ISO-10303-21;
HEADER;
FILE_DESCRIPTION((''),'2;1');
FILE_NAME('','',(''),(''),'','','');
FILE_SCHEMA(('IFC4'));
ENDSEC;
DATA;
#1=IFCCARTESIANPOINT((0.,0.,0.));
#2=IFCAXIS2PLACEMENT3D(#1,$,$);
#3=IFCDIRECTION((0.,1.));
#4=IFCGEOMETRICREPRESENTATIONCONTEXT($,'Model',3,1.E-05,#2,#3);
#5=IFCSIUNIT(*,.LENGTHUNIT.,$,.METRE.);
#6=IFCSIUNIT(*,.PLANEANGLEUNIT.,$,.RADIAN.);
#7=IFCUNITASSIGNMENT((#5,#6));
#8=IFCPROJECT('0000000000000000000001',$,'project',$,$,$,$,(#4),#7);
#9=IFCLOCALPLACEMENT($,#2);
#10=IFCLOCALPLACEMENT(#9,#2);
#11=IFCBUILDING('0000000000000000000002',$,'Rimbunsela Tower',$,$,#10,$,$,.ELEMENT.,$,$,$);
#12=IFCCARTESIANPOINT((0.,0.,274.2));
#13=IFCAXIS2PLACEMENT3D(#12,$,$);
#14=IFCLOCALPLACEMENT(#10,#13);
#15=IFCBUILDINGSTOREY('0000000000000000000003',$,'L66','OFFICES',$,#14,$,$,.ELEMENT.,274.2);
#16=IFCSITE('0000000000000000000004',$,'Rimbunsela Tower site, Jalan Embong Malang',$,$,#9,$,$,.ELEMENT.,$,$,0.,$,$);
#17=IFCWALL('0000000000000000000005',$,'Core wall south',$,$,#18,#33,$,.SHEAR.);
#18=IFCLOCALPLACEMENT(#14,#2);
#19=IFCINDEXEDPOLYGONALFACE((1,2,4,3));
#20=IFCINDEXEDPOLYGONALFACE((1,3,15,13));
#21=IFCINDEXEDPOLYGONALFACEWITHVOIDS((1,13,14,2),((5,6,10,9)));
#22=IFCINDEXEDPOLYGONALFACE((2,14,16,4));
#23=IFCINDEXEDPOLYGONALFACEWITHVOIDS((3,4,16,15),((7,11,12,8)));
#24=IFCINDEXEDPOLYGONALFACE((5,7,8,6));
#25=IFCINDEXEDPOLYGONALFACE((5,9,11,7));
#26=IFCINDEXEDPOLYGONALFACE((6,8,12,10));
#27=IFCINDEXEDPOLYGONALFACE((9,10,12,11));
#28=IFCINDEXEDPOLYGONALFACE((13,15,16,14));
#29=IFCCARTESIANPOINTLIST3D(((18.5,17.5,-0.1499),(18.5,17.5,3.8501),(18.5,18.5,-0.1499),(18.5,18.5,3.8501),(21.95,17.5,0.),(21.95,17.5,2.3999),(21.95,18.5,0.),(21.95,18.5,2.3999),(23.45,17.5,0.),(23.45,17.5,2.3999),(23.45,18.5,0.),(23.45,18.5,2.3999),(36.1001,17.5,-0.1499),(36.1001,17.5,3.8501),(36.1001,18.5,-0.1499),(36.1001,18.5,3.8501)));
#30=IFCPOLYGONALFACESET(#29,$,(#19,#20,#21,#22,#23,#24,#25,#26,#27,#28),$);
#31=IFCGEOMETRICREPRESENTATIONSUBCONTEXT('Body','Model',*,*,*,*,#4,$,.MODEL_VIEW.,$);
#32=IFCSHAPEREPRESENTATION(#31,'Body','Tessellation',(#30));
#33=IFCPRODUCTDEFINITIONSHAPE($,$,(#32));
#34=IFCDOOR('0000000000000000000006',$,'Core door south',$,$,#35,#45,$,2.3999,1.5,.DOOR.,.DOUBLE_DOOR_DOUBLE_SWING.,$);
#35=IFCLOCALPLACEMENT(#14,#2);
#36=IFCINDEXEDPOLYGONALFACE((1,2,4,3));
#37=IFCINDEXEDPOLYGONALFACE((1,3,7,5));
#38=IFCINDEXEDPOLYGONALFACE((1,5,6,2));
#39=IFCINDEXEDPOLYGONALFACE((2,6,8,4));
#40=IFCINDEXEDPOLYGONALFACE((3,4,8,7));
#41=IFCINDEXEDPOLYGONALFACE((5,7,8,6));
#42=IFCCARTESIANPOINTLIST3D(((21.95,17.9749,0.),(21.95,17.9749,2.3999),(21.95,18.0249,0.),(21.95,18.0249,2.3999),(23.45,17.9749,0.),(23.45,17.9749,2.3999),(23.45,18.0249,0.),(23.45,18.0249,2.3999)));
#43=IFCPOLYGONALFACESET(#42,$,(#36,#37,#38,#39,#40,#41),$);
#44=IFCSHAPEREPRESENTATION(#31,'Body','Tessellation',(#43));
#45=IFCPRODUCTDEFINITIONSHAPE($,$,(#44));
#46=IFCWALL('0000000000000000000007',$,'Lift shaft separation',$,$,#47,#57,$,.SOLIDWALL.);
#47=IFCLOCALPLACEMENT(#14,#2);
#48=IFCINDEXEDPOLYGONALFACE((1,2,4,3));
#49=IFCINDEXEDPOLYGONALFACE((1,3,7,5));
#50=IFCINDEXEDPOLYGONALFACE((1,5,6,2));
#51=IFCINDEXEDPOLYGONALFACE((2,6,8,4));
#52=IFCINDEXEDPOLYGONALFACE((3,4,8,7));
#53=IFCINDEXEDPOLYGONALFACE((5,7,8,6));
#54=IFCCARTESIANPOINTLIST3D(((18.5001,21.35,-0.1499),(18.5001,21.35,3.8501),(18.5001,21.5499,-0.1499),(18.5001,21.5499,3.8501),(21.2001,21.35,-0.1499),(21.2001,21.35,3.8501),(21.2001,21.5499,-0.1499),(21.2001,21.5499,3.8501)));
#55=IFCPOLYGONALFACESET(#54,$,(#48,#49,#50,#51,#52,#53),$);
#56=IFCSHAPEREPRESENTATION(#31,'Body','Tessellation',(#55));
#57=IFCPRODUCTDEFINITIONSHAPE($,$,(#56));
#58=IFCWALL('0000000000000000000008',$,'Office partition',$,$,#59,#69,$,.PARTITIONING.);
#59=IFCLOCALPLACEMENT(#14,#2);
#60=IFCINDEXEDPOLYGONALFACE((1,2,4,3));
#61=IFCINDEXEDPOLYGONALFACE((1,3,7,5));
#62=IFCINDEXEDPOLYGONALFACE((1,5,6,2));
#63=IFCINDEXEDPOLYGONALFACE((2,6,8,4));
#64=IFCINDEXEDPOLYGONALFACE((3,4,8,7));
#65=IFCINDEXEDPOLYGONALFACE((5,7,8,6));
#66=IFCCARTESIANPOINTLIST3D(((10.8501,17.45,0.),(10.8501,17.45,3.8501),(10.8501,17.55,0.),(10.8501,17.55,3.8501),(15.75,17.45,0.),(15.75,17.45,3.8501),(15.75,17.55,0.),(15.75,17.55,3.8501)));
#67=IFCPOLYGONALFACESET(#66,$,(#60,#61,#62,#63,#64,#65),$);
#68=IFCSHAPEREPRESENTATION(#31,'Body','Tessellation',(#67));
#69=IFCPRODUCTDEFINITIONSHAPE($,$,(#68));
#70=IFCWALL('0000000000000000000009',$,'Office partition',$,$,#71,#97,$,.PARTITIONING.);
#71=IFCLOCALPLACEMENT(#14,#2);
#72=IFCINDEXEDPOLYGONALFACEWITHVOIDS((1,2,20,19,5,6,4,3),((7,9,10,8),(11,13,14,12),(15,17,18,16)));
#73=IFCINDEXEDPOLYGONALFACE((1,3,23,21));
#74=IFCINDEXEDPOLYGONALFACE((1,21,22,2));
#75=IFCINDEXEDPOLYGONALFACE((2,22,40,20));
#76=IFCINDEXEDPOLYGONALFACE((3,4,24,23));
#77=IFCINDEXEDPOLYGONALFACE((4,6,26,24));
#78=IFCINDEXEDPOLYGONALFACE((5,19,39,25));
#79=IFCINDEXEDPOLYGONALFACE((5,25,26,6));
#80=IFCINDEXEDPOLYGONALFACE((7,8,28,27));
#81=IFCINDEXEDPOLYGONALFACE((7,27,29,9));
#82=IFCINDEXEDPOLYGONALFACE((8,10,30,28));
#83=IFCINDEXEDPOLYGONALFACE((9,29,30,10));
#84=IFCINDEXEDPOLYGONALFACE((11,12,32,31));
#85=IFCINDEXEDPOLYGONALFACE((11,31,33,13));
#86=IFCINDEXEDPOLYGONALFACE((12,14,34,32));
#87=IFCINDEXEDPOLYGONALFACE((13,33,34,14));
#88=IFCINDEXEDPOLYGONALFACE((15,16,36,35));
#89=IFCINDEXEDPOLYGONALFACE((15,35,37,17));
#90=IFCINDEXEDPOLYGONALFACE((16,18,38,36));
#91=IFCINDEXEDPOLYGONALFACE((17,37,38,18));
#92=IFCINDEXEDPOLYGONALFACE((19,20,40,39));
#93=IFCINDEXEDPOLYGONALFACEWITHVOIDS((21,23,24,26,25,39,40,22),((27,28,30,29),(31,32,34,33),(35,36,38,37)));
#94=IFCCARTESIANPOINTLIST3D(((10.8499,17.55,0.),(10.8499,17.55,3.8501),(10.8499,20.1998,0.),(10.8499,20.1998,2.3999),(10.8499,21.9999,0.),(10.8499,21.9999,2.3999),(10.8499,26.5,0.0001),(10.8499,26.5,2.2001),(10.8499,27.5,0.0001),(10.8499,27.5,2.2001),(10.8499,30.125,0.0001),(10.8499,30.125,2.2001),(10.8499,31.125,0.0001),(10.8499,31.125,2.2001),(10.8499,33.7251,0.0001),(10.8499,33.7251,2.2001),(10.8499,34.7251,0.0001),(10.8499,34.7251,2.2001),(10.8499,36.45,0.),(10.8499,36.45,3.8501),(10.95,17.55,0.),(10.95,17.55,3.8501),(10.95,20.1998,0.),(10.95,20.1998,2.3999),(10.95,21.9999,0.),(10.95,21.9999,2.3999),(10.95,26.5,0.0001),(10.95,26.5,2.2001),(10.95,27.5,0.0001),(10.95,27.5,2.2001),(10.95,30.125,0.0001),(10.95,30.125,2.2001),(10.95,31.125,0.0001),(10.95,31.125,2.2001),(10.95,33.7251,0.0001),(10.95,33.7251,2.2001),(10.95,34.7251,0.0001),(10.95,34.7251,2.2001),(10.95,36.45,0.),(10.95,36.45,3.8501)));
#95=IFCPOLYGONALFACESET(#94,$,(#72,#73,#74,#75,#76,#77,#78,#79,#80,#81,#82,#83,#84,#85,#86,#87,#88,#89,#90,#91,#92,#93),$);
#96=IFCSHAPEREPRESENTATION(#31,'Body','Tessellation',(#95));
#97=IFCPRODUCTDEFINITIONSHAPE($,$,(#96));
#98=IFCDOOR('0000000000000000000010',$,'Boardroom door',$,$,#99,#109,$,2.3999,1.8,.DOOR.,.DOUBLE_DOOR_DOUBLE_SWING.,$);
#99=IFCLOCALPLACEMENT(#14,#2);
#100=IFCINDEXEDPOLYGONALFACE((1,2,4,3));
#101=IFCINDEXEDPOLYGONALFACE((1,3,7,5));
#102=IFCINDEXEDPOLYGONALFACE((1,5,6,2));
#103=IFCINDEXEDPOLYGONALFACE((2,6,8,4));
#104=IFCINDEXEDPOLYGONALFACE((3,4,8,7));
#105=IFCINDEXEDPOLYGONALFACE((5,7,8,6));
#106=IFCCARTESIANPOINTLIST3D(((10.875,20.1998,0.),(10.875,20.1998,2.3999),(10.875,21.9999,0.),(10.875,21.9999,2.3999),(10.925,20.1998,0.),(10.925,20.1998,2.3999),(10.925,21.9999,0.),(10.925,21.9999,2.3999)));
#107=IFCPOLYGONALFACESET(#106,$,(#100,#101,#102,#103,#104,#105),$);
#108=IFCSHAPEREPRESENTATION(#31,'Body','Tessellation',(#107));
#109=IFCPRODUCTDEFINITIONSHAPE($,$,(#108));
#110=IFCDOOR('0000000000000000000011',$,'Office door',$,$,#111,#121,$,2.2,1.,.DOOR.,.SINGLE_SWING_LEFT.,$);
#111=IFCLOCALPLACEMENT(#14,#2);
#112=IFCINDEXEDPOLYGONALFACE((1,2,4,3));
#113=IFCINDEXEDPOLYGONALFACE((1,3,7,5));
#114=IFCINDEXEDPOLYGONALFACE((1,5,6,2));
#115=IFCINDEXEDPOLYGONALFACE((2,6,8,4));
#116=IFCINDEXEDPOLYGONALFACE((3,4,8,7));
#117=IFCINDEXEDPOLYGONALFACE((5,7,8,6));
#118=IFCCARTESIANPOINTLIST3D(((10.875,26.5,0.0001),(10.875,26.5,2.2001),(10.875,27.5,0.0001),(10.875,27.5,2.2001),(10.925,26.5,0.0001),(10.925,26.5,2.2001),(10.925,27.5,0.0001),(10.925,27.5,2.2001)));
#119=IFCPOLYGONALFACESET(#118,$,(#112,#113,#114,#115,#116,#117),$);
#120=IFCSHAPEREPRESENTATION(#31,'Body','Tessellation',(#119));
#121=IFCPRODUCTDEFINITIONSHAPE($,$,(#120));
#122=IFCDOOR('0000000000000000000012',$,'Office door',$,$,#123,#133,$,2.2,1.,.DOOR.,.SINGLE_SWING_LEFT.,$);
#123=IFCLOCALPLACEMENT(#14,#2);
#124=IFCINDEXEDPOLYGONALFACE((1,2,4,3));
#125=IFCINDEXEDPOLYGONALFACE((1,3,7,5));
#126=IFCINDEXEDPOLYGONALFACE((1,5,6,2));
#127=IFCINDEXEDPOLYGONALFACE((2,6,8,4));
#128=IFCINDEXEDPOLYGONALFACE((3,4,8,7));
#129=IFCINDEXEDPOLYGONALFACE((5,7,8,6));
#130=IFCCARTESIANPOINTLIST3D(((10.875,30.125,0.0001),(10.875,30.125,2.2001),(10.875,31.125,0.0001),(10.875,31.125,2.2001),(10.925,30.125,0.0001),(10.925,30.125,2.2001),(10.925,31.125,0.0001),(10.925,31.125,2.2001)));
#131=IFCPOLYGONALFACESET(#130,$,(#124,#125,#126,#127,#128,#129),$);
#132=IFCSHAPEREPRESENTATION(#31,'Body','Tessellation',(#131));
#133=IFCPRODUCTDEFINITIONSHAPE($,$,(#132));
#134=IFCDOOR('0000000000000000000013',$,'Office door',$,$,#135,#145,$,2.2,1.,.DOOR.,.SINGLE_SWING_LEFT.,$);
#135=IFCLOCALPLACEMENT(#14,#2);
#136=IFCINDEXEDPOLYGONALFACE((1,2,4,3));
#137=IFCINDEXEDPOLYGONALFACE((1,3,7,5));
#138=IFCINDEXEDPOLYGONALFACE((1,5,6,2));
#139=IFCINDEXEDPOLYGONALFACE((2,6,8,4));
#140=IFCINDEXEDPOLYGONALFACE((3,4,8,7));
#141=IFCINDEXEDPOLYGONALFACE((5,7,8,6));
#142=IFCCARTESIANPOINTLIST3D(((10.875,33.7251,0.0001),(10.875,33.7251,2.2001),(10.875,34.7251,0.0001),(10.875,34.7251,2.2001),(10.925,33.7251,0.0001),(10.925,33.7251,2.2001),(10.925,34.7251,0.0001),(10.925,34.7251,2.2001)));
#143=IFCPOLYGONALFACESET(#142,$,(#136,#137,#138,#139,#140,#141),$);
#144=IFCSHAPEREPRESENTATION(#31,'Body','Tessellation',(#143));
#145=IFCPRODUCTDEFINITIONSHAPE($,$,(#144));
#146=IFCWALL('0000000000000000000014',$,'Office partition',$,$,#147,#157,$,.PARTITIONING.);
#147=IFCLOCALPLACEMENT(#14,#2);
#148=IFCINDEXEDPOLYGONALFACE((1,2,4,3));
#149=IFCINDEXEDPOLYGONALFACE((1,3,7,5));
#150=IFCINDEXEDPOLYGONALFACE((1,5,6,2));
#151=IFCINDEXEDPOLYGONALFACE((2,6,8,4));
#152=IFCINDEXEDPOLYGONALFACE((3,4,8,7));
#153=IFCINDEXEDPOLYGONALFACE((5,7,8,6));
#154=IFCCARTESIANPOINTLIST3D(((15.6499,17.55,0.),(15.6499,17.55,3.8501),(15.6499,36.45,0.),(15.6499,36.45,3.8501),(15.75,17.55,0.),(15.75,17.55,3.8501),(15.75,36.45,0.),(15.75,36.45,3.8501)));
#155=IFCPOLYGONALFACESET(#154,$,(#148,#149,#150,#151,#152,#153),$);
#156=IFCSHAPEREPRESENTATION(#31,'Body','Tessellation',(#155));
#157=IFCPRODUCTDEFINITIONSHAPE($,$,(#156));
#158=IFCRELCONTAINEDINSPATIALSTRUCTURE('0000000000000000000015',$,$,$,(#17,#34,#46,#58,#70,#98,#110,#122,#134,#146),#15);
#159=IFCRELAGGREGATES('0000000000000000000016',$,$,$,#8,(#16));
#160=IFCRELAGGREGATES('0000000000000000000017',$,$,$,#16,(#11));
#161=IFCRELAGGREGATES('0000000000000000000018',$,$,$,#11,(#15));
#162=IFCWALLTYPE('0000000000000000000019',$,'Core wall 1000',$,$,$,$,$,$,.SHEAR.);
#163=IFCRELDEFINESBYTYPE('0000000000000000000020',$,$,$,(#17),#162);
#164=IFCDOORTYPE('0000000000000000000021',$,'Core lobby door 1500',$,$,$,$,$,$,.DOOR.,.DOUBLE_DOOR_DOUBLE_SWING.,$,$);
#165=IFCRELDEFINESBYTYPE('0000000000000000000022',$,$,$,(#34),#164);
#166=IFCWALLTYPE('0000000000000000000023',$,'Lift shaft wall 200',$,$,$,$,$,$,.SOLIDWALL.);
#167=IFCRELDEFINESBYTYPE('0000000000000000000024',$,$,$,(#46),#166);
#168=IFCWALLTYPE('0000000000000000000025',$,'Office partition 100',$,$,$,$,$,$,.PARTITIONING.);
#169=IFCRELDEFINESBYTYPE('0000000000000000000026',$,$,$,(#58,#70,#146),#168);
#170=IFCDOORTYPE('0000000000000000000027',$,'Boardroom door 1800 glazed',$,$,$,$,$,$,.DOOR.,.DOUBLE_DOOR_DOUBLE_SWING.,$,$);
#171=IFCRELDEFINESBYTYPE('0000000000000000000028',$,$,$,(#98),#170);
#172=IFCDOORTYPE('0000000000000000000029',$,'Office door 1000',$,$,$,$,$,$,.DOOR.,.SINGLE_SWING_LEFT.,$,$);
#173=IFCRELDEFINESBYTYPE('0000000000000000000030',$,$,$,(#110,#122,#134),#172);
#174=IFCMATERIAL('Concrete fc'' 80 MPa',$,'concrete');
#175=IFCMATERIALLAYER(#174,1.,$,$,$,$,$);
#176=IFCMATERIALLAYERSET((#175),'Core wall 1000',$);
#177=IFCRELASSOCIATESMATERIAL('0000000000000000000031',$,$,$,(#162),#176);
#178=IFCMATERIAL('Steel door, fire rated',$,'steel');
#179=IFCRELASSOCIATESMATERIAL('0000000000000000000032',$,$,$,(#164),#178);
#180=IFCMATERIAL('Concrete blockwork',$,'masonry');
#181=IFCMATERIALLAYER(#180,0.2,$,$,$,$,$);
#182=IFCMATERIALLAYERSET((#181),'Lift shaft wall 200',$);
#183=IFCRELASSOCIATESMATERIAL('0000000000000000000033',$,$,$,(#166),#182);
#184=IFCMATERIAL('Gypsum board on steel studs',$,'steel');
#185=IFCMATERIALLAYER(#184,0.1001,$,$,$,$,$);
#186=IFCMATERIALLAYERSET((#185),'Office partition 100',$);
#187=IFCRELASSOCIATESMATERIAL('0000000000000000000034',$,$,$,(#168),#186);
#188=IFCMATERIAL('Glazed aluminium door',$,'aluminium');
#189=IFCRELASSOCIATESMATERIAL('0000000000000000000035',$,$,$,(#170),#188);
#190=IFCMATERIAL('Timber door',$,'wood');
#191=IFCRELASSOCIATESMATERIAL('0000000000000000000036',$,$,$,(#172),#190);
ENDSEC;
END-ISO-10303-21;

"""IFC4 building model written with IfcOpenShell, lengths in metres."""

from ifc_helpers import new_model, si_unit, direction, frame, frame_2d, origin, place, context, subcontext, project, spatial, rectangle, extrude, material, layer, layer_set, type_object, element, fill, save


model = new_model("IFC4")

# Units and contexts
model_context = context("Model", 3, precision=1e-05, world=origin(), true_north=direction((0.0, 1.0)))
body_context = subcontext(model_context, "Body", "Model", "MODEL_VIEW")
ifc_project = project(units=[si_unit("LENGTHUNIT", "METRE"), si_unit("PLANEANGLEUNIT", "RADIAN")], contexts=[model_context])

# Site, building, storey
site_placement = place(None, origin())
site = spatial("IfcSite", under=ifc_project, at=site_placement, Name="Rimbunsela Tower site, Jalan Embong Malang", CompositionType="ELEMENT", RefElevation=0.0)
building_placement = place(site_placement, origin())
building = spatial("IfcBuilding", under=site, at=building_placement, Name="Rimbunsela Tower", CompositionType="ELEMENT")
storey_placement = place(building_placement, frame((0.0, 0.0, 274.2)))
storey = spatial("IfcBuildingStorey", under=building, at=storey_placement, Name="L66", Description="OFFICES", CompositionType="ELEMENT", Elevation=274.2)

# Shared definitions
ifc_material_1 = material(Name="Concrete fc' 80 MPa", Category="concrete")
ifc_layer_1 = layer(ifc_material_1, 1.0)
ifc_layer_set_1 = layer_set([ifc_layer_1], Name="Core wall 1000")
wall_type_1 = type_object("IfcWallType", Name="Core wall 1000", PredefinedType="SHEAR", material=ifc_layer_set_1)

# Wall, opening, door
wall_1_placement = place(storey_placement, frame((18.5, 18.0, -0.1499), z_axis=(0.0, 0.0, 1.0), x_axis=(1.0, 0.0, 0.0)))
wall_1 = element("IfcWall", 1, at=wall_1_placement, inside=storey, type_object=wall_type_1, Name="Core wall south", PredefinedType="SHEAR", context=body_context, shape_type="SweptSolid", body=[
    extrude(rectangle(XDim=17.6001, YDim=1.0, at=frame_2d((8.8, 0.0))), origin(), (0.0, 0.0, 1.0), 4.0),
])
opening_1_placement = place(wall_1_placement, frame((3.45, 0.0, 0.1499)))
opening_1 = element("IfcOpeningElement", 2, at=opening_1_placement, cuts=wall_1, PredefinedType="OPENING", context=body_context, shape_type="SweptSolid", body=[
    extrude(rectangle(XDim=1.5, YDim=2.3999, at=frame_2d((0.75, 1.2))), frame((0.0, 0.51, 0.0), z_axis=(0.0, -1.0, 0.0), x_axis=(1.0, 0.0, 0.0)), (0.0, 0.0, 1.0), 1.02),
])
ifc_material_2 = material(Name="Steel door, fire rated", Category="steel")
door_type_1 = type_object("IfcDoorType", Name="Core lobby door 1500", OperationType="DOUBLE_DOOR_DOUBLE_SWING", PredefinedType="DOOR", material=ifc_material_2)
door_1_placement = place(opening_1_placement, origin())
door_1 = element("IfcDoor", 3, at=door_1_placement, inside=storey, type_object=door_type_1, Name="Core door south", OperationType="DOUBLE_DOOR_DOUBLE_SWING", OverallHeight=2.3999, OverallWidth=1.5, PredefinedType="DOOR", context=body_context, shape_type="SweptSolid", body=[
    extrude(rectangle(XDim=1.5, YDim=2.3999, at=frame_2d((0.75, 1.2))), frame((0.0, 0.0249, 0.0), z_axis=(0.0, -1.0, 0.0), x_axis=(1.0, 0.0, 0.0)), (0.0, 0.0, 1.0), 0.05),
])
fill(opening_1, door_1)

# Walls
ifc_material_3 = material(Name="Concrete blockwork", Category="masonry")
ifc_layer_2 = layer(ifc_material_3, 0.2)
ifc_layer_set_2 = layer_set([ifc_layer_2], Name="Lift shaft wall 200")
wall_type_2 = type_object("IfcWallType", Name="Lift shaft wall 200", PredefinedType="SOLIDWALL", material=ifc_layer_set_2)
wall_2_placement = place(storey_placement, frame((18.5, 21.45, -0.1499), z_axis=(0.0, 0.0, 1.0), x_axis=(1.0, 0.0, 0.0)))
element("IfcWall", 4, at=wall_2_placement, inside=storey, type_object=wall_type_2, Name="Lift shaft separation", PredefinedType="SOLIDWALL", context=body_context, shape_type="SweptSolid", body=[
    extrude(rectangle(XDim=2.7, YDim=0.2, at=frame_2d((1.3501, 0.0))), origin(), (0.0, 0.0, 1.0), 4.0),
])
ifc_material_4 = material(Name="Gypsum board on steel studs", Category="steel")
ifc_layer_3 = layer(ifc_material_4, 0.1001)
ifc_layer_set_3 = layer_set([ifc_layer_3], Name="Office partition 100")
wall_type_3 = type_object("IfcWallType", Name="Office partition 100", PredefinedType="PARTITIONING", material=ifc_layer_set_3)
wall_3_placement = place(storey_placement, frame((10.8501, 17.5, 0.0), z_axis=(0.0, 0.0, 1.0), x_axis=(1.0, 0.0, 0.0)))
element("IfcWall", 5, at=wall_3_placement, inside=storey, type_object=wall_type_3, Name="Office partition", PredefinedType="PARTITIONING", context=body_context, shape_type="SweptSolid", body=[
    extrude(rectangle(XDim=4.8999, YDim=0.1001, at=frame_2d((2.45, 0.0))), origin(), (0.0, 0.0, 1.0), 3.8501),
])

# Wall, openings, doors
wall_4_placement = place(storey_placement, frame((10.8999, 17.55, 0.0), z_axis=(0.0, 0.0, 1.0), x_axis=(0.0, 1.0, 0.0)))
wall_4 = element("IfcWall", 6, at=wall_4_placement, inside=storey, type_object=wall_type_3, Name="Office partition", PredefinedType="PARTITIONING", context=body_context, shape_type="SweptSolid", body=[
    extrude(rectangle(XDim=18.8999, YDim=0.1001, at=frame_2d((9.45, 0.0))), origin(), (0.0, 0.0, 1.0), 3.8501),
])
opening_2_placement = place(wall_4_placement, frame((2.6499, 0.0, 0.0)))
opening_2 = element("IfcOpeningElement", 7, at=opening_2_placement, cuts=wall_4, PredefinedType="OPENING", context=body_context, shape_type="SweptSolid", body=[
    extrude(rectangle(XDim=1.8, YDim=2.3999, at=frame_2d((0.8999, 1.2))), frame((0.0, 0.0601, 0.0), z_axis=(0.0, -1.0, 0.0), x_axis=(1.0, 0.0, 0.0)), (0.0, 0.0, 1.0), 0.1201),
])
opening_3_placement = place(wall_4_placement, frame((8.95, 0.0, 0.0)))
opening_3 = element("IfcOpeningElement", 8, at=opening_3_placement, cuts=wall_4, PredefinedType="OPENING", context=body_context, shape_type="SweptSolid", body=[
    extrude(rectangle(XDim=1.0, YDim=2.2, at=frame_2d((0.5, 1.1001))), frame((0.0, 0.0601, 0.0), z_axis=(0.0, -1.0, 0.0), x_axis=(1.0, 0.0, 0.0)), (0.0, 0.0, 1.0), 0.1201),
])
opening_4_placement = place(wall_4_placement, frame((12.575, 0.0, 0.0)))
opening_4 = element("IfcOpeningElement", 9, at=opening_4_placement, cuts=wall_4, PredefinedType="OPENING", context=body_context, shape_type="SweptSolid", body=[
    extrude(rectangle(XDim=1.0, YDim=2.2, at=frame_2d((0.5, 1.1001))), frame((0.0, 0.0601, 0.0), z_axis=(0.0, -1.0, 0.0), x_axis=(1.0, 0.0, 0.0)), (0.0, 0.0, 1.0), 0.1201),
])
opening_5_placement = place(wall_4_placement, frame((16.175, 0.0, 0.0)))
opening_5 = element("IfcOpeningElement", 10, at=opening_5_placement, cuts=wall_4, PredefinedType="OPENING", context=body_context, shape_type="SweptSolid", body=[
    extrude(rectangle(XDim=1.0, YDim=2.2, at=frame_2d((0.5, 1.1001))), frame((0.0, 0.0601, 0.0), z_axis=(0.0, -1.0, 0.0), x_axis=(1.0, 0.0, 0.0)), (0.0, 0.0, 1.0), 0.1201),
])
ifc_material_5 = material(Name="Glazed aluminium door", Category="aluminium")
door_type_2 = type_object("IfcDoorType", Name="Boardroom door 1800 glazed", OperationType="DOUBLE_DOOR_DOUBLE_SWING", PredefinedType="DOOR", material=ifc_material_5)
door_2_placement = place(opening_2_placement, origin())
door_2 = element("IfcDoor", 11, at=door_2_placement, inside=storey, type_object=door_type_2, Name="Boardroom door", OperationType="DOUBLE_DOOR_DOUBLE_SWING", OverallHeight=2.3999, OverallWidth=1.8, PredefinedType="DOOR", context=body_context, shape_type="SweptSolid", body=[
    extrude(rectangle(XDim=1.8, YDim=2.3999, at=frame_2d((0.8999, 1.2))), frame((0.0, 0.0249, 0.0), z_axis=(0.0, -1.0, 0.0), x_axis=(1.0, 0.0, 0.0)), (0.0, 0.0, 1.0), 0.05),
])
fill(opening_2, door_2)
ifc_material_6 = material(Name="Timber door", Category="wood")
door_type_3 = type_object("IfcDoorType", Name="Office door 1000", OperationType="SINGLE_SWING_LEFT", PredefinedType="DOOR", material=ifc_material_6)
door_3_placement = place(opening_3_placement, origin())
door_3 = element("IfcDoor", 12, at=door_3_placement, inside=storey, type_object=door_type_3, Name="Office door", OperationType="SINGLE_SWING_LEFT", OverallHeight=2.2, OverallWidth=1.0, PredefinedType="DOOR", context=body_context, shape_type="SweptSolid", body=[
    extrude(rectangle(XDim=1.0, YDim=2.2, at=frame_2d((0.5, 1.1001))), frame((0.0, 0.0249, 0.0), z_axis=(0.0, -1.0, 0.0), x_axis=(1.0, 0.0, 0.0)), (0.0, 0.0, 1.0), 0.05),
])
fill(opening_3, door_3)
door_4_placement = place(opening_4_placement, origin())
door_4 = element("IfcDoor", 13, at=door_4_placement, inside=storey, type_object=door_type_3, Name="Office door", OperationType="SINGLE_SWING_LEFT", OverallHeight=2.2, OverallWidth=1.0, PredefinedType="DOOR", context=body_context, shape_type="SweptSolid", body=[
    extrude(rectangle(XDim=1.0, YDim=2.2, at=frame_2d((0.5, 1.1001))), frame((0.0, 0.0249, 0.0), z_axis=(0.0, -1.0, 0.0), x_axis=(1.0, 0.0, 0.0)), (0.0, 0.0, 1.0), 0.05),
])
fill(opening_4, door_4)
door_5_placement = place(opening_5_placement, origin())
door_5 = element("IfcDoor", 14, at=door_5_placement, inside=storey, type_object=door_type_3, Name="Office door", OperationType="SINGLE_SWING_LEFT", OverallHeight=2.2, OverallWidth=1.0, PredefinedType="DOOR", context=body_context, shape_type="SweptSolid", body=[
    extrude(rectangle(XDim=1.0, YDim=2.2, at=frame_2d((0.5, 1.1001))), frame((0.0, 0.0249, 0.0), z_axis=(0.0, -1.0, 0.0), x_axis=(1.0, 0.0, 0.0)), (0.0, 0.0, 1.0), 0.05),
])
fill(opening_5, door_5)

# Wall
wall_5_placement = place(storey_placement, frame((15.7, 17.55, 0.0), z_axis=(0.0, 0.0, 1.0), x_axis=(0.0, 1.0, 0.0)))
element("IfcWall", 15, at=wall_5_placement, inside=storey, type_object=wall_type_3, Name="Office partition", PredefinedType="PARTITIONING", context=body_context, shape_type="SweptSolid", body=[
    extrude(rectangle(XDim=18.8999, YDim=0.1001, at=frame_2d((9.45, 0.0))), origin(), (0.0, 0.0, 1.0), 3.8501),
])

save(model, "model.ifc")
